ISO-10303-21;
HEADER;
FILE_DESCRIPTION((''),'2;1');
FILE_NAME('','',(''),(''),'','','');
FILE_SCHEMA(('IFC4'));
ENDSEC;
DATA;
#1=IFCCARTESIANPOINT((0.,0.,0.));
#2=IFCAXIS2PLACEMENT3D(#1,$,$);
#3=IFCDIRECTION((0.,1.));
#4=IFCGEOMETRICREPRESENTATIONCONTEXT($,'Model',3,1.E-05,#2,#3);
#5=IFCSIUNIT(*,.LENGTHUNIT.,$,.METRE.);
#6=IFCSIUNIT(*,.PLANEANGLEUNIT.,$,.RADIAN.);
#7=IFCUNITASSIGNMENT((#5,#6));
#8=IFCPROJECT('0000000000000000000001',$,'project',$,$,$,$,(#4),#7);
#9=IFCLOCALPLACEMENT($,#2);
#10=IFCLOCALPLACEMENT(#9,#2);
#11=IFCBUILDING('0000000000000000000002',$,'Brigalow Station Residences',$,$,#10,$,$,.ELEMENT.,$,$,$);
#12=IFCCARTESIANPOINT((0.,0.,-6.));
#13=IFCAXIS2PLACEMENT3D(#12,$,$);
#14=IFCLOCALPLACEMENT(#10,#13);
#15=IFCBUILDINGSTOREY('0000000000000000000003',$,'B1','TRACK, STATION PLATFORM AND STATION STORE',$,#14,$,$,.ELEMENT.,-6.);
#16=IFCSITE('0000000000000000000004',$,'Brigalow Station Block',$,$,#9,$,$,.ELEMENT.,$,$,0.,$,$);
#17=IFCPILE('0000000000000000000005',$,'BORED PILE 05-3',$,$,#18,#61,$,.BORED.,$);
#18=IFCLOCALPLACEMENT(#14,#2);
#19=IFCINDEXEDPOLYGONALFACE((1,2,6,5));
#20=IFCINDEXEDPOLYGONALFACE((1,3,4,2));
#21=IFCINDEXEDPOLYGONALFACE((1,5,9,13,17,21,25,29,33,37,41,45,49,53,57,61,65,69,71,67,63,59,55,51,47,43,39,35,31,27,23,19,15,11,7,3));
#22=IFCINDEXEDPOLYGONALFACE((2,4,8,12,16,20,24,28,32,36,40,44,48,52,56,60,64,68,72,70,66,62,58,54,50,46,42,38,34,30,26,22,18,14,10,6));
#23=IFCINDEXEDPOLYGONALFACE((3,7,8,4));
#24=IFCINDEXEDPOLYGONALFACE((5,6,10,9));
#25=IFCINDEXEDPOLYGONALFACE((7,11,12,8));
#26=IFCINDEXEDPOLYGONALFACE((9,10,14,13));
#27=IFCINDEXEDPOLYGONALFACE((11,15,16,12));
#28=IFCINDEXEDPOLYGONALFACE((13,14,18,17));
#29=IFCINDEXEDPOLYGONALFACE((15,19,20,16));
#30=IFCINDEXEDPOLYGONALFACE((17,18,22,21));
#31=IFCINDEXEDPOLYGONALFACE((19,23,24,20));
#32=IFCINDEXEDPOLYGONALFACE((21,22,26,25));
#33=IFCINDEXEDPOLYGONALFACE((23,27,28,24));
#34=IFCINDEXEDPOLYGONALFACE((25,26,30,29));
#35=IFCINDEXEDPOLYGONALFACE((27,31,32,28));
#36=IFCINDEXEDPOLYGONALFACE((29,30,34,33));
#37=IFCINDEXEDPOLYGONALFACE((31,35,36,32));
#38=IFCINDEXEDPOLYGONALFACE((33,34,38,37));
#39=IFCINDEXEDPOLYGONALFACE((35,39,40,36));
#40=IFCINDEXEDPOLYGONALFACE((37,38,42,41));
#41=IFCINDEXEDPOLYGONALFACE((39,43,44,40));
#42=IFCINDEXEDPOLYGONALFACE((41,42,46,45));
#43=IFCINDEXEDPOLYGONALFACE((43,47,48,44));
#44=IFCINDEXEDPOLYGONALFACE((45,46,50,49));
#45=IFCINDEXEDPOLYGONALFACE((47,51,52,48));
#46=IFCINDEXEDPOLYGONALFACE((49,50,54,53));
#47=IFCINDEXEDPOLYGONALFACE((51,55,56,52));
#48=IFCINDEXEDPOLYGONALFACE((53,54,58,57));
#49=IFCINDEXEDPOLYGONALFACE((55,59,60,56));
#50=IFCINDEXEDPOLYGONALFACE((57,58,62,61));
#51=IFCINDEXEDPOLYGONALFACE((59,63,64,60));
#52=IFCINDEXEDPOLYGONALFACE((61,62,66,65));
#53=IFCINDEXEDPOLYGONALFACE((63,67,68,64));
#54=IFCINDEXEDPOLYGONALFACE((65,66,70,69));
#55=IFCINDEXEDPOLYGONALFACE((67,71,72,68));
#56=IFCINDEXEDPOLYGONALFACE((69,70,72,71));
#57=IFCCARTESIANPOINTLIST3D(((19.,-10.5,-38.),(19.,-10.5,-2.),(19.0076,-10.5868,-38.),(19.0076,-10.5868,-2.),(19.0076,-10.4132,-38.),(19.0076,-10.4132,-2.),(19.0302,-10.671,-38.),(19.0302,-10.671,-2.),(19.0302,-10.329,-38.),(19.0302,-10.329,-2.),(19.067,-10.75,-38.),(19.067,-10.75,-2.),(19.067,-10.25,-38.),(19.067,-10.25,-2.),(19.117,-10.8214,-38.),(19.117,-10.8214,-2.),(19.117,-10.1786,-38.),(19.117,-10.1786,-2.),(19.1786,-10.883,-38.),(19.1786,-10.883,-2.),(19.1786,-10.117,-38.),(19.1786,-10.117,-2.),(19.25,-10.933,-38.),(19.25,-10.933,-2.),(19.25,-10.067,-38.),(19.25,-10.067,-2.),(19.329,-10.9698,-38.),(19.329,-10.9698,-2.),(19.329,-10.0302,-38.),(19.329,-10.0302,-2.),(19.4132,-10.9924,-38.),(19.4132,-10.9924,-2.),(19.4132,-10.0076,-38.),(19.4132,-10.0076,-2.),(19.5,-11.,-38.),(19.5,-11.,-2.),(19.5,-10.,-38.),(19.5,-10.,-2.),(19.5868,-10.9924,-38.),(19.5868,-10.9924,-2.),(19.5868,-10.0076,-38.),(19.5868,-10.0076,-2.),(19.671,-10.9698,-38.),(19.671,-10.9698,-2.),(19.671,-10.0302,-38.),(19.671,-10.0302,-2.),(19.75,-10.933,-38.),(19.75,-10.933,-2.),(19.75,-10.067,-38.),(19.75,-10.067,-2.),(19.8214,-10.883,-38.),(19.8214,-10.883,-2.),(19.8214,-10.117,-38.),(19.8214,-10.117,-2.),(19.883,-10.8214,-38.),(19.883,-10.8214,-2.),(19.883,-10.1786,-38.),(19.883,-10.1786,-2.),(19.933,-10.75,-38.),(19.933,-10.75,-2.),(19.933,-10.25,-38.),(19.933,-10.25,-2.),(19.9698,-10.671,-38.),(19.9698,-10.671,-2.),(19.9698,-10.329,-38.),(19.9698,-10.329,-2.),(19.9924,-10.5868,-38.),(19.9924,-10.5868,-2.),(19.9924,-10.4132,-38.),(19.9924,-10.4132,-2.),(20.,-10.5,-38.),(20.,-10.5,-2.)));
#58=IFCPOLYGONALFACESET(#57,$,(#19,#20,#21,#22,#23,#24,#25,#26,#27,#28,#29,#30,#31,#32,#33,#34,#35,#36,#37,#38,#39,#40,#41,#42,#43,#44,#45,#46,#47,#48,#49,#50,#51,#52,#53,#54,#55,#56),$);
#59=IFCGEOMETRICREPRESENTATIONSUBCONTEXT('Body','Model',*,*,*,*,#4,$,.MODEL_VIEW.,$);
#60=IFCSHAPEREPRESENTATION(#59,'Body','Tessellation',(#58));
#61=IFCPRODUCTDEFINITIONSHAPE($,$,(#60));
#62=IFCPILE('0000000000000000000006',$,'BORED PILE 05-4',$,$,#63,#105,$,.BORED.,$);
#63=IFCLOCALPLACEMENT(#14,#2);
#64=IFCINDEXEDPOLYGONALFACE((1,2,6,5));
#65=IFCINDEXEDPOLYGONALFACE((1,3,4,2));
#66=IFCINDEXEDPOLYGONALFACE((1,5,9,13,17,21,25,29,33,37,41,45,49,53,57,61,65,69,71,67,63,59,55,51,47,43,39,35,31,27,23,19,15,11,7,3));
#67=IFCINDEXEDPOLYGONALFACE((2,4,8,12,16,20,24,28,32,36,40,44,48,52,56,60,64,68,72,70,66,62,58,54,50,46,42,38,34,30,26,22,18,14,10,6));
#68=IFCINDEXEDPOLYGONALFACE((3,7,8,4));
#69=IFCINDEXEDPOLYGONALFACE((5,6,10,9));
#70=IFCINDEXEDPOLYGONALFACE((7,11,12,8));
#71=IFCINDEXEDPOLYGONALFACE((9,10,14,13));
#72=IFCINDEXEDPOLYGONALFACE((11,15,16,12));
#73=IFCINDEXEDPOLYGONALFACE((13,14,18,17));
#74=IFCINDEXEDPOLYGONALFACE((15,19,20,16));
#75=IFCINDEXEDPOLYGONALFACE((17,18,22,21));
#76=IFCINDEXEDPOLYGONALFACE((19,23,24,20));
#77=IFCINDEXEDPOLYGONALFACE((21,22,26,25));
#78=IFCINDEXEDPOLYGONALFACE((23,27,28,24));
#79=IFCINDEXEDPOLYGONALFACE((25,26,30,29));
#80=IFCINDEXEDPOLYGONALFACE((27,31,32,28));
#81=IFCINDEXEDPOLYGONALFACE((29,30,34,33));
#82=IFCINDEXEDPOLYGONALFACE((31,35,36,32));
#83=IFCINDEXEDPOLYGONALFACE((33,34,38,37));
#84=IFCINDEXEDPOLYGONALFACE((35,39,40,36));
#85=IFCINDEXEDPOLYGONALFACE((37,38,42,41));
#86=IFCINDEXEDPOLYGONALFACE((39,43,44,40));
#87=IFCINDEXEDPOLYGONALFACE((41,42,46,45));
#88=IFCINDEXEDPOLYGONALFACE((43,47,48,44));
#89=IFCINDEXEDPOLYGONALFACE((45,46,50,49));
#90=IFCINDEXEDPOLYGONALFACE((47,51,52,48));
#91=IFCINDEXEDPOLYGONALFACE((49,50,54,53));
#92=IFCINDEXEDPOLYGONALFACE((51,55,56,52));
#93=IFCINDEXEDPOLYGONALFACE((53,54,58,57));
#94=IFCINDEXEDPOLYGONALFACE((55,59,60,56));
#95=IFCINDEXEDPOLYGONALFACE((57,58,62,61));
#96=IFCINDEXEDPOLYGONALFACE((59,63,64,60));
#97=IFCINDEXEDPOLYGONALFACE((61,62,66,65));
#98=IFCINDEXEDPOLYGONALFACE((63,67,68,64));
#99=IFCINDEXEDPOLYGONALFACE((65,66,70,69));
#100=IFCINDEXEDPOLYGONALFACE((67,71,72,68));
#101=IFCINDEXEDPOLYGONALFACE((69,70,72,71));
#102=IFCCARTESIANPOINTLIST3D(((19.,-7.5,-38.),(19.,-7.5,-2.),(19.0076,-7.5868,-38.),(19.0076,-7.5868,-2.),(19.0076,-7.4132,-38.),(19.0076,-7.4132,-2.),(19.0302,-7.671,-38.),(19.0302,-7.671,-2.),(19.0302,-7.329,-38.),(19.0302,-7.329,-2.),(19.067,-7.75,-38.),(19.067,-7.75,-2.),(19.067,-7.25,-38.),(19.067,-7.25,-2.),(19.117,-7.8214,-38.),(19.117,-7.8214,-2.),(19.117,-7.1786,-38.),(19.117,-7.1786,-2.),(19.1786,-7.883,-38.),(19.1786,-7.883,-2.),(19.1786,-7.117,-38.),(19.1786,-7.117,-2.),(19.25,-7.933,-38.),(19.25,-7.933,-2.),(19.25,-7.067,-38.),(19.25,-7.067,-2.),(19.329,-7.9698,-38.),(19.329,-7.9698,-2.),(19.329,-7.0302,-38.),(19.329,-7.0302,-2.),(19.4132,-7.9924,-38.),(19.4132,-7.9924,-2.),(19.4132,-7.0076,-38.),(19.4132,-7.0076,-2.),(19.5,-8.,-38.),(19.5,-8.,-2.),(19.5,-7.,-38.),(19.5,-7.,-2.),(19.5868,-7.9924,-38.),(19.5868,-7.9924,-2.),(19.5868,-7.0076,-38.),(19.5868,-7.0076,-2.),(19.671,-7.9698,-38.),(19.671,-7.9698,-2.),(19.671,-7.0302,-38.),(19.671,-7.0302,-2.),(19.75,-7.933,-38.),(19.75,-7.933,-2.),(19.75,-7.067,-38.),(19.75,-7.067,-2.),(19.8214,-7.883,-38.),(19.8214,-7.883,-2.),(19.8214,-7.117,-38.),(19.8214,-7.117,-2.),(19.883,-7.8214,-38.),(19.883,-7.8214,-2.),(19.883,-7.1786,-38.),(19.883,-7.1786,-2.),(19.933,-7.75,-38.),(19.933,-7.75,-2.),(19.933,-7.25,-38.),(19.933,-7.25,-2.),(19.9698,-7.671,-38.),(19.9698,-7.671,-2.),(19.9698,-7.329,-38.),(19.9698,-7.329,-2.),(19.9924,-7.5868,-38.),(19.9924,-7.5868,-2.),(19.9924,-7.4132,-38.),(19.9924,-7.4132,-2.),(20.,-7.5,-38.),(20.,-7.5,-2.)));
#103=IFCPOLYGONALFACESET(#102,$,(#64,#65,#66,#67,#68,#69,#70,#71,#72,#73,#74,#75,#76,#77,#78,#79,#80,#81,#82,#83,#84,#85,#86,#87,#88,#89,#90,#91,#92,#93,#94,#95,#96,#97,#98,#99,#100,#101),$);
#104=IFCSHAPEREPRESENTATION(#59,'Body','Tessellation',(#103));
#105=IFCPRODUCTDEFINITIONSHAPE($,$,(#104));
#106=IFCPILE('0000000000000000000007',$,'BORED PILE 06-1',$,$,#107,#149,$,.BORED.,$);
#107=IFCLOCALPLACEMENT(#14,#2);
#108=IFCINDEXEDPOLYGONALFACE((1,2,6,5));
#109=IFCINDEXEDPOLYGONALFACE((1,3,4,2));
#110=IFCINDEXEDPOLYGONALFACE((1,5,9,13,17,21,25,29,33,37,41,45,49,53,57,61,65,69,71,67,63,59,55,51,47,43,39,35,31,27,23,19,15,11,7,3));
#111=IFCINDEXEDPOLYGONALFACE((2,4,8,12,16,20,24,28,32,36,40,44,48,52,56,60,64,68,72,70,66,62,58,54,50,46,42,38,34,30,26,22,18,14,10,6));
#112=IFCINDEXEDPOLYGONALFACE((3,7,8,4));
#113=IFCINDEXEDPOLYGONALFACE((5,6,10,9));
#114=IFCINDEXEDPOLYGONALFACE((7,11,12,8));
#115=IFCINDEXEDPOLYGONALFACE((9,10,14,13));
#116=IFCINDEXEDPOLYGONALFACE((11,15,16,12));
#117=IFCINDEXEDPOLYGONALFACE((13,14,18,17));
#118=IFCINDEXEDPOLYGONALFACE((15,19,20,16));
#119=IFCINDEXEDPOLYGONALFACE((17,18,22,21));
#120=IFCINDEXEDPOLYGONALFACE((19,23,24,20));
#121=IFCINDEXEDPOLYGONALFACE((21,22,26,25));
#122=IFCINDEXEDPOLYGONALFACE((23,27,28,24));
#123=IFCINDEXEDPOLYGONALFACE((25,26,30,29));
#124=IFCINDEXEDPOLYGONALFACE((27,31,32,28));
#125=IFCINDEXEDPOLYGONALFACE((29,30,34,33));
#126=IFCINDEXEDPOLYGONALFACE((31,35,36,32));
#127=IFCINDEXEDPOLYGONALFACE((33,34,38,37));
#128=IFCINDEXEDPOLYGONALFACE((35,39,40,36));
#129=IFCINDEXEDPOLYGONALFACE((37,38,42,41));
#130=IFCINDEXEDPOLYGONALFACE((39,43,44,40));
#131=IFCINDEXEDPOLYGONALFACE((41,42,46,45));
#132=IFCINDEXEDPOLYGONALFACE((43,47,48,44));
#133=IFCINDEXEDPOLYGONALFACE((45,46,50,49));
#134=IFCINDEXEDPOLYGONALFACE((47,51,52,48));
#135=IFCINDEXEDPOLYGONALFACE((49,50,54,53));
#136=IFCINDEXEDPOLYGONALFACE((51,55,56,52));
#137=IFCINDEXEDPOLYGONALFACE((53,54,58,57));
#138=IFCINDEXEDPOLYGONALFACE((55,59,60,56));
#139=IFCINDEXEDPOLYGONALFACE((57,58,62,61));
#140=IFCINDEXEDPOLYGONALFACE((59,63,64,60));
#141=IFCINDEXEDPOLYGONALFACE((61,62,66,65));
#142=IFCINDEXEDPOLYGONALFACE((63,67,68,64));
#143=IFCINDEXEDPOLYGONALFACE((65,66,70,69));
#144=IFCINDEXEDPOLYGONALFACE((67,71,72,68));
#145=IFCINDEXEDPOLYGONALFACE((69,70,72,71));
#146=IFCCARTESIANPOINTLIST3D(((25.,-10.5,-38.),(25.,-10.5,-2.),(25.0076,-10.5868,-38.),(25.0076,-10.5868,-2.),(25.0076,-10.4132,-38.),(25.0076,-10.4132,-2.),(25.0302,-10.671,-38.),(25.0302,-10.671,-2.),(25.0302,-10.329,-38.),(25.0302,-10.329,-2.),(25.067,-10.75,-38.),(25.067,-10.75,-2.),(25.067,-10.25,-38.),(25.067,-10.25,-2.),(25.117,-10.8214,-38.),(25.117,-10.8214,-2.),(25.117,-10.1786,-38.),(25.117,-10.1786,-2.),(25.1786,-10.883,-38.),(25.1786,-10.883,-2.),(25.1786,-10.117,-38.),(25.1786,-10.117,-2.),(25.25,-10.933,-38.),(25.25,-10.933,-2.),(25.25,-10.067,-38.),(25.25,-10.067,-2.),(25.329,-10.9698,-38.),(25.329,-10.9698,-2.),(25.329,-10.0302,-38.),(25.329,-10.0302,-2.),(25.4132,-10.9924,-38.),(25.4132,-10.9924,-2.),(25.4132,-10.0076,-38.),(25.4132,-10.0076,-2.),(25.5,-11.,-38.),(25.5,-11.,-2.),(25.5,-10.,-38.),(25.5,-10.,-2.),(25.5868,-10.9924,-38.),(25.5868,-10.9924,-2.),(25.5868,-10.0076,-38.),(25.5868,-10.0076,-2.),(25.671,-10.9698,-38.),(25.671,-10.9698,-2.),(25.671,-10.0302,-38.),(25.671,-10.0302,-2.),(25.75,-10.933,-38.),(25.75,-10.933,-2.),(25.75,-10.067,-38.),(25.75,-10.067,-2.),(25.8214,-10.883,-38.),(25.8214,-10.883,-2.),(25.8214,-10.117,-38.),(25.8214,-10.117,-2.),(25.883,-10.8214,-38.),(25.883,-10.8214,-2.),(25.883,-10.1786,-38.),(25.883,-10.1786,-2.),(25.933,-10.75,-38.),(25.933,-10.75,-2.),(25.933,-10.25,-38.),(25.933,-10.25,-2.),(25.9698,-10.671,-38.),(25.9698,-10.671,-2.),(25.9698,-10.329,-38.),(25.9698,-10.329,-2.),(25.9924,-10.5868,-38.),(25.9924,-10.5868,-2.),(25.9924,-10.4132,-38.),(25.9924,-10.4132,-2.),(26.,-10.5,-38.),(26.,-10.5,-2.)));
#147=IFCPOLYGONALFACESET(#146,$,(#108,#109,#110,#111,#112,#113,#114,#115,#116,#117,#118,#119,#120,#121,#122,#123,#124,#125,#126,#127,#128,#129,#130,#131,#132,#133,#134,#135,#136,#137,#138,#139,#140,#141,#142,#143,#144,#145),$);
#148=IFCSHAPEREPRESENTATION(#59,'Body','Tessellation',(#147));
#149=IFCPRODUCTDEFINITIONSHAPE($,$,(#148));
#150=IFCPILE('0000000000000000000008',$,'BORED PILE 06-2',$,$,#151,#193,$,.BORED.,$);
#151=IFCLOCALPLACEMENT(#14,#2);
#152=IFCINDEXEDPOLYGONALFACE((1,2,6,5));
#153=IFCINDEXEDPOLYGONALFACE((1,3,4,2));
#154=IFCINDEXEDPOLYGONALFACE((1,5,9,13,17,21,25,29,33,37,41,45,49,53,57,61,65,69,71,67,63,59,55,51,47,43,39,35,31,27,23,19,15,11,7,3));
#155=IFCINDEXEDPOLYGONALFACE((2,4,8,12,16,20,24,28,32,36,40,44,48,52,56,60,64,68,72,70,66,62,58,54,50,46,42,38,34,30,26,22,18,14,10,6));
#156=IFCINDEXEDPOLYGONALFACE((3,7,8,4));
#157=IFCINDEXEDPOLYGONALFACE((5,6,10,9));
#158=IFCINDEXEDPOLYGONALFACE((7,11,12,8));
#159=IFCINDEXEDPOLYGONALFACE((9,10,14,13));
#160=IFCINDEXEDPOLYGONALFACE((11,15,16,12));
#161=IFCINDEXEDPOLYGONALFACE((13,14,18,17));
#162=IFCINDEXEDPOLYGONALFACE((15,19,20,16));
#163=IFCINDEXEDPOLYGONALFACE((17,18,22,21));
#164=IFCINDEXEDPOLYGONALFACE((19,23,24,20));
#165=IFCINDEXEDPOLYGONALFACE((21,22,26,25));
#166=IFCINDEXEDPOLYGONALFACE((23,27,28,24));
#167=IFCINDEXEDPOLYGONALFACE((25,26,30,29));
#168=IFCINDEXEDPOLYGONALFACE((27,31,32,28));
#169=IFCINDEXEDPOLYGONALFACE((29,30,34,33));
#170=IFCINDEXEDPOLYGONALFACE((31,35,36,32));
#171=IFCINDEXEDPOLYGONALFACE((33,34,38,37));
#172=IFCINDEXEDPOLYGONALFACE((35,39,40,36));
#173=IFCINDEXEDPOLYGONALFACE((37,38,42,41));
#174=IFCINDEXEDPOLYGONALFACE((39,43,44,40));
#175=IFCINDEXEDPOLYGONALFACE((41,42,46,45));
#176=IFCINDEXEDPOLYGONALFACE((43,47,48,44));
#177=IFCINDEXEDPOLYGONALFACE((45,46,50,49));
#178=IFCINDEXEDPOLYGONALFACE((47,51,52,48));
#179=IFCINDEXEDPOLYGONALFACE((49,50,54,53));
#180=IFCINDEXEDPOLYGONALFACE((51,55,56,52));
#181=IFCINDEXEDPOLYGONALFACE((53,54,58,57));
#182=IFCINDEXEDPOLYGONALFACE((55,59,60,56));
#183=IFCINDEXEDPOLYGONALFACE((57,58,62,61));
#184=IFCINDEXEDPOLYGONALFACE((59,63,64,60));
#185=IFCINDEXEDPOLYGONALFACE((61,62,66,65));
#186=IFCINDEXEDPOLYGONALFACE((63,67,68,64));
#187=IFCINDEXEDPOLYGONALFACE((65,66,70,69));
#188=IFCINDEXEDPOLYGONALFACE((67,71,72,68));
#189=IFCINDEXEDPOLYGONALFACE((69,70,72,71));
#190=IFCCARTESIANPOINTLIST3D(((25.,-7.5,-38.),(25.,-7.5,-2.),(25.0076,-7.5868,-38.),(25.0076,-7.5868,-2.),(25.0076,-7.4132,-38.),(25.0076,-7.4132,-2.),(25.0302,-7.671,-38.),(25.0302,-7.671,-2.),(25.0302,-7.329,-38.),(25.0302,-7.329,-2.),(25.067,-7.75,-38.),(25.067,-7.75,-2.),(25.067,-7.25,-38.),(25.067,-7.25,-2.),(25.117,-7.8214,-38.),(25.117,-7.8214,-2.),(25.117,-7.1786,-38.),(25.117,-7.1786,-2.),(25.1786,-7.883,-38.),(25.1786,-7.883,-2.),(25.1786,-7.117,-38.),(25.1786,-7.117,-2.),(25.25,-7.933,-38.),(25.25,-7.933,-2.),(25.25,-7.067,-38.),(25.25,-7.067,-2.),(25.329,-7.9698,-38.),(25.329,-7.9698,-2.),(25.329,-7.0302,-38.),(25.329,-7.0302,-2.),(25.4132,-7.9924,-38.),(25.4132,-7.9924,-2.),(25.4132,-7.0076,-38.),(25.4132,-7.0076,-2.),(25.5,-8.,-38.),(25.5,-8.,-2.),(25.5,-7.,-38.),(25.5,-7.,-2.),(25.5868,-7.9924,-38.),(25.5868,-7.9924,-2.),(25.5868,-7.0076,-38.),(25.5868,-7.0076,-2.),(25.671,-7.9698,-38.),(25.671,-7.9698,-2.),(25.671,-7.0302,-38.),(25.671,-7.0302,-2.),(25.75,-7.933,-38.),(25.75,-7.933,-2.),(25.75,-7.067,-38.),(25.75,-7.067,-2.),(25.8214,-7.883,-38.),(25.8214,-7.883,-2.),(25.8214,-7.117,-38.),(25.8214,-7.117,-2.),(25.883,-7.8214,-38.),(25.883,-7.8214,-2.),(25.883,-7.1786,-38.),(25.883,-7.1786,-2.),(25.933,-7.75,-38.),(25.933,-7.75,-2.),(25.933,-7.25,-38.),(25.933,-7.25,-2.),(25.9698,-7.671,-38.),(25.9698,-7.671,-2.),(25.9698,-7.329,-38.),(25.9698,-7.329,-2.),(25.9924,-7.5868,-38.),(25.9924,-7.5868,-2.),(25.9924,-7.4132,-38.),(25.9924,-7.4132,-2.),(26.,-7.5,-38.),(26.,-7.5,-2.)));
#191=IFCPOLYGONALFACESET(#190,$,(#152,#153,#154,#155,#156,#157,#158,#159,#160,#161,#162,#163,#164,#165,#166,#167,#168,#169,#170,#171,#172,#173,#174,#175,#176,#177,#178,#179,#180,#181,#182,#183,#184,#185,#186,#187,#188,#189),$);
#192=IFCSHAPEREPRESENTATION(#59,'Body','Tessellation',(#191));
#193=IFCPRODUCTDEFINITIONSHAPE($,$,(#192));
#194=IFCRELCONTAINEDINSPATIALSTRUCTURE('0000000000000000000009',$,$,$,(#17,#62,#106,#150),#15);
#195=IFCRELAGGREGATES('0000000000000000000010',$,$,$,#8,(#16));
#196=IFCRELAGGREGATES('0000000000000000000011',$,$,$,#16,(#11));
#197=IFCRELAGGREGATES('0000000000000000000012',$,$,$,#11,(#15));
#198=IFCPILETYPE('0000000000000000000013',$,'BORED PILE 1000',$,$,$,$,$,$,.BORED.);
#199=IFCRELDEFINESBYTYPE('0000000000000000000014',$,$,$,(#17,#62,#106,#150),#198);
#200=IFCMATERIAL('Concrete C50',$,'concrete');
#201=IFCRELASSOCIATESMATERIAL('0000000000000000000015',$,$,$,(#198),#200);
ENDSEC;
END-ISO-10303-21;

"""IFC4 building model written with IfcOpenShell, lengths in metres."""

from ifc_helpers import new_model, si_unit, direction, frame, origin, origin_2d, place, context, subcontext, project, spatial, circle, extrude, material, material_profile, profile_set, type_object, element, save


model = new_model("IFC4")

# Units and contexts
model_context = context("Model", 3, precision=1e-05, world=origin(), true_north=direction((0.0, 1.0)))
body_context = subcontext(model_context, "Body", "Model", "MODEL_VIEW")
ifc_project = project(units=[si_unit("LENGTHUNIT", "METRE"), si_unit("PLANEANGLEUNIT", "RADIAN")], contexts=[model_context])

# Site, building, storey
site_placement = place(None, origin())
site = spatial("IfcSite", under=ifc_project, at=site_placement, Name="Brigalow Station Block", CompositionType="ELEMENT", RefElevation=0.0)
building_placement = place(site_placement, origin())
building = spatial("IfcBuilding", under=site, at=building_placement, Name="Brigalow Station Residences", CompositionType="ELEMENT")
storey_placement = place(building_placement, frame((0.0, 0.0, -6.0)))
storey = spatial("IfcBuildingStorey", under=building, at=storey_placement, Name="B1", Description="TRACK, STATION PLATFORM AND STATION STORE", CompositionType="ELEMENT", Elevation=-6.0)

# Piles
ifc_material_1 = material(Name="Concrete C50", Category="concrete")
ifc_material_profile_1 = material_profile(ifc_material_1, circle(Radius=0.5, at=origin_2d()), Name="BP1000")
ifc_profile_set_1 = profile_set([ifc_material_profile_1], Name="Concrete C50")
pile_type_1 = type_object("IfcPileType", Name="BORED PILE 1000", PredefinedType="BORED", material=ifc_profile_set_1)
for number, where, z_axis, x_axis, name in (
    (1, (19.5, -10.5, -2.0), (0.0, 0.0, -1.0), (1.0, 0.0, 0.0), "BORED PILE 05-3"),
    (2, (19.5, -7.5, -2.0), (0.0, 0.0, -1.0), (1.0, 0.0, 0.0), "BORED PILE 05-4"),
    (3, (25.5, -10.5, -2.0), (0.0, 0.0, -1.0), (1.0, 0.0, 0.0), "BORED PILE 06-1"),
    (4, (25.5, -7.5, -2.0), (0.0, 0.0, -1.0), (1.0, 0.0, 0.0), "BORED PILE 06-2"),
):
    element("IfcPile", number, at=place(storey_placement, frame(where, z_axis=z_axis, x_axis=x_axis)), inside=storey, type_object=pile_type_1, Name=name, PredefinedType="BORED", context=body_context, shape_type="SweptSolid", body=[
        extrude(circle(Radius=0.5, at=origin_2d()), origin(), (0.0, 0.0, 1.0), 36.0),
    ])

save(model, "model.ifc")
